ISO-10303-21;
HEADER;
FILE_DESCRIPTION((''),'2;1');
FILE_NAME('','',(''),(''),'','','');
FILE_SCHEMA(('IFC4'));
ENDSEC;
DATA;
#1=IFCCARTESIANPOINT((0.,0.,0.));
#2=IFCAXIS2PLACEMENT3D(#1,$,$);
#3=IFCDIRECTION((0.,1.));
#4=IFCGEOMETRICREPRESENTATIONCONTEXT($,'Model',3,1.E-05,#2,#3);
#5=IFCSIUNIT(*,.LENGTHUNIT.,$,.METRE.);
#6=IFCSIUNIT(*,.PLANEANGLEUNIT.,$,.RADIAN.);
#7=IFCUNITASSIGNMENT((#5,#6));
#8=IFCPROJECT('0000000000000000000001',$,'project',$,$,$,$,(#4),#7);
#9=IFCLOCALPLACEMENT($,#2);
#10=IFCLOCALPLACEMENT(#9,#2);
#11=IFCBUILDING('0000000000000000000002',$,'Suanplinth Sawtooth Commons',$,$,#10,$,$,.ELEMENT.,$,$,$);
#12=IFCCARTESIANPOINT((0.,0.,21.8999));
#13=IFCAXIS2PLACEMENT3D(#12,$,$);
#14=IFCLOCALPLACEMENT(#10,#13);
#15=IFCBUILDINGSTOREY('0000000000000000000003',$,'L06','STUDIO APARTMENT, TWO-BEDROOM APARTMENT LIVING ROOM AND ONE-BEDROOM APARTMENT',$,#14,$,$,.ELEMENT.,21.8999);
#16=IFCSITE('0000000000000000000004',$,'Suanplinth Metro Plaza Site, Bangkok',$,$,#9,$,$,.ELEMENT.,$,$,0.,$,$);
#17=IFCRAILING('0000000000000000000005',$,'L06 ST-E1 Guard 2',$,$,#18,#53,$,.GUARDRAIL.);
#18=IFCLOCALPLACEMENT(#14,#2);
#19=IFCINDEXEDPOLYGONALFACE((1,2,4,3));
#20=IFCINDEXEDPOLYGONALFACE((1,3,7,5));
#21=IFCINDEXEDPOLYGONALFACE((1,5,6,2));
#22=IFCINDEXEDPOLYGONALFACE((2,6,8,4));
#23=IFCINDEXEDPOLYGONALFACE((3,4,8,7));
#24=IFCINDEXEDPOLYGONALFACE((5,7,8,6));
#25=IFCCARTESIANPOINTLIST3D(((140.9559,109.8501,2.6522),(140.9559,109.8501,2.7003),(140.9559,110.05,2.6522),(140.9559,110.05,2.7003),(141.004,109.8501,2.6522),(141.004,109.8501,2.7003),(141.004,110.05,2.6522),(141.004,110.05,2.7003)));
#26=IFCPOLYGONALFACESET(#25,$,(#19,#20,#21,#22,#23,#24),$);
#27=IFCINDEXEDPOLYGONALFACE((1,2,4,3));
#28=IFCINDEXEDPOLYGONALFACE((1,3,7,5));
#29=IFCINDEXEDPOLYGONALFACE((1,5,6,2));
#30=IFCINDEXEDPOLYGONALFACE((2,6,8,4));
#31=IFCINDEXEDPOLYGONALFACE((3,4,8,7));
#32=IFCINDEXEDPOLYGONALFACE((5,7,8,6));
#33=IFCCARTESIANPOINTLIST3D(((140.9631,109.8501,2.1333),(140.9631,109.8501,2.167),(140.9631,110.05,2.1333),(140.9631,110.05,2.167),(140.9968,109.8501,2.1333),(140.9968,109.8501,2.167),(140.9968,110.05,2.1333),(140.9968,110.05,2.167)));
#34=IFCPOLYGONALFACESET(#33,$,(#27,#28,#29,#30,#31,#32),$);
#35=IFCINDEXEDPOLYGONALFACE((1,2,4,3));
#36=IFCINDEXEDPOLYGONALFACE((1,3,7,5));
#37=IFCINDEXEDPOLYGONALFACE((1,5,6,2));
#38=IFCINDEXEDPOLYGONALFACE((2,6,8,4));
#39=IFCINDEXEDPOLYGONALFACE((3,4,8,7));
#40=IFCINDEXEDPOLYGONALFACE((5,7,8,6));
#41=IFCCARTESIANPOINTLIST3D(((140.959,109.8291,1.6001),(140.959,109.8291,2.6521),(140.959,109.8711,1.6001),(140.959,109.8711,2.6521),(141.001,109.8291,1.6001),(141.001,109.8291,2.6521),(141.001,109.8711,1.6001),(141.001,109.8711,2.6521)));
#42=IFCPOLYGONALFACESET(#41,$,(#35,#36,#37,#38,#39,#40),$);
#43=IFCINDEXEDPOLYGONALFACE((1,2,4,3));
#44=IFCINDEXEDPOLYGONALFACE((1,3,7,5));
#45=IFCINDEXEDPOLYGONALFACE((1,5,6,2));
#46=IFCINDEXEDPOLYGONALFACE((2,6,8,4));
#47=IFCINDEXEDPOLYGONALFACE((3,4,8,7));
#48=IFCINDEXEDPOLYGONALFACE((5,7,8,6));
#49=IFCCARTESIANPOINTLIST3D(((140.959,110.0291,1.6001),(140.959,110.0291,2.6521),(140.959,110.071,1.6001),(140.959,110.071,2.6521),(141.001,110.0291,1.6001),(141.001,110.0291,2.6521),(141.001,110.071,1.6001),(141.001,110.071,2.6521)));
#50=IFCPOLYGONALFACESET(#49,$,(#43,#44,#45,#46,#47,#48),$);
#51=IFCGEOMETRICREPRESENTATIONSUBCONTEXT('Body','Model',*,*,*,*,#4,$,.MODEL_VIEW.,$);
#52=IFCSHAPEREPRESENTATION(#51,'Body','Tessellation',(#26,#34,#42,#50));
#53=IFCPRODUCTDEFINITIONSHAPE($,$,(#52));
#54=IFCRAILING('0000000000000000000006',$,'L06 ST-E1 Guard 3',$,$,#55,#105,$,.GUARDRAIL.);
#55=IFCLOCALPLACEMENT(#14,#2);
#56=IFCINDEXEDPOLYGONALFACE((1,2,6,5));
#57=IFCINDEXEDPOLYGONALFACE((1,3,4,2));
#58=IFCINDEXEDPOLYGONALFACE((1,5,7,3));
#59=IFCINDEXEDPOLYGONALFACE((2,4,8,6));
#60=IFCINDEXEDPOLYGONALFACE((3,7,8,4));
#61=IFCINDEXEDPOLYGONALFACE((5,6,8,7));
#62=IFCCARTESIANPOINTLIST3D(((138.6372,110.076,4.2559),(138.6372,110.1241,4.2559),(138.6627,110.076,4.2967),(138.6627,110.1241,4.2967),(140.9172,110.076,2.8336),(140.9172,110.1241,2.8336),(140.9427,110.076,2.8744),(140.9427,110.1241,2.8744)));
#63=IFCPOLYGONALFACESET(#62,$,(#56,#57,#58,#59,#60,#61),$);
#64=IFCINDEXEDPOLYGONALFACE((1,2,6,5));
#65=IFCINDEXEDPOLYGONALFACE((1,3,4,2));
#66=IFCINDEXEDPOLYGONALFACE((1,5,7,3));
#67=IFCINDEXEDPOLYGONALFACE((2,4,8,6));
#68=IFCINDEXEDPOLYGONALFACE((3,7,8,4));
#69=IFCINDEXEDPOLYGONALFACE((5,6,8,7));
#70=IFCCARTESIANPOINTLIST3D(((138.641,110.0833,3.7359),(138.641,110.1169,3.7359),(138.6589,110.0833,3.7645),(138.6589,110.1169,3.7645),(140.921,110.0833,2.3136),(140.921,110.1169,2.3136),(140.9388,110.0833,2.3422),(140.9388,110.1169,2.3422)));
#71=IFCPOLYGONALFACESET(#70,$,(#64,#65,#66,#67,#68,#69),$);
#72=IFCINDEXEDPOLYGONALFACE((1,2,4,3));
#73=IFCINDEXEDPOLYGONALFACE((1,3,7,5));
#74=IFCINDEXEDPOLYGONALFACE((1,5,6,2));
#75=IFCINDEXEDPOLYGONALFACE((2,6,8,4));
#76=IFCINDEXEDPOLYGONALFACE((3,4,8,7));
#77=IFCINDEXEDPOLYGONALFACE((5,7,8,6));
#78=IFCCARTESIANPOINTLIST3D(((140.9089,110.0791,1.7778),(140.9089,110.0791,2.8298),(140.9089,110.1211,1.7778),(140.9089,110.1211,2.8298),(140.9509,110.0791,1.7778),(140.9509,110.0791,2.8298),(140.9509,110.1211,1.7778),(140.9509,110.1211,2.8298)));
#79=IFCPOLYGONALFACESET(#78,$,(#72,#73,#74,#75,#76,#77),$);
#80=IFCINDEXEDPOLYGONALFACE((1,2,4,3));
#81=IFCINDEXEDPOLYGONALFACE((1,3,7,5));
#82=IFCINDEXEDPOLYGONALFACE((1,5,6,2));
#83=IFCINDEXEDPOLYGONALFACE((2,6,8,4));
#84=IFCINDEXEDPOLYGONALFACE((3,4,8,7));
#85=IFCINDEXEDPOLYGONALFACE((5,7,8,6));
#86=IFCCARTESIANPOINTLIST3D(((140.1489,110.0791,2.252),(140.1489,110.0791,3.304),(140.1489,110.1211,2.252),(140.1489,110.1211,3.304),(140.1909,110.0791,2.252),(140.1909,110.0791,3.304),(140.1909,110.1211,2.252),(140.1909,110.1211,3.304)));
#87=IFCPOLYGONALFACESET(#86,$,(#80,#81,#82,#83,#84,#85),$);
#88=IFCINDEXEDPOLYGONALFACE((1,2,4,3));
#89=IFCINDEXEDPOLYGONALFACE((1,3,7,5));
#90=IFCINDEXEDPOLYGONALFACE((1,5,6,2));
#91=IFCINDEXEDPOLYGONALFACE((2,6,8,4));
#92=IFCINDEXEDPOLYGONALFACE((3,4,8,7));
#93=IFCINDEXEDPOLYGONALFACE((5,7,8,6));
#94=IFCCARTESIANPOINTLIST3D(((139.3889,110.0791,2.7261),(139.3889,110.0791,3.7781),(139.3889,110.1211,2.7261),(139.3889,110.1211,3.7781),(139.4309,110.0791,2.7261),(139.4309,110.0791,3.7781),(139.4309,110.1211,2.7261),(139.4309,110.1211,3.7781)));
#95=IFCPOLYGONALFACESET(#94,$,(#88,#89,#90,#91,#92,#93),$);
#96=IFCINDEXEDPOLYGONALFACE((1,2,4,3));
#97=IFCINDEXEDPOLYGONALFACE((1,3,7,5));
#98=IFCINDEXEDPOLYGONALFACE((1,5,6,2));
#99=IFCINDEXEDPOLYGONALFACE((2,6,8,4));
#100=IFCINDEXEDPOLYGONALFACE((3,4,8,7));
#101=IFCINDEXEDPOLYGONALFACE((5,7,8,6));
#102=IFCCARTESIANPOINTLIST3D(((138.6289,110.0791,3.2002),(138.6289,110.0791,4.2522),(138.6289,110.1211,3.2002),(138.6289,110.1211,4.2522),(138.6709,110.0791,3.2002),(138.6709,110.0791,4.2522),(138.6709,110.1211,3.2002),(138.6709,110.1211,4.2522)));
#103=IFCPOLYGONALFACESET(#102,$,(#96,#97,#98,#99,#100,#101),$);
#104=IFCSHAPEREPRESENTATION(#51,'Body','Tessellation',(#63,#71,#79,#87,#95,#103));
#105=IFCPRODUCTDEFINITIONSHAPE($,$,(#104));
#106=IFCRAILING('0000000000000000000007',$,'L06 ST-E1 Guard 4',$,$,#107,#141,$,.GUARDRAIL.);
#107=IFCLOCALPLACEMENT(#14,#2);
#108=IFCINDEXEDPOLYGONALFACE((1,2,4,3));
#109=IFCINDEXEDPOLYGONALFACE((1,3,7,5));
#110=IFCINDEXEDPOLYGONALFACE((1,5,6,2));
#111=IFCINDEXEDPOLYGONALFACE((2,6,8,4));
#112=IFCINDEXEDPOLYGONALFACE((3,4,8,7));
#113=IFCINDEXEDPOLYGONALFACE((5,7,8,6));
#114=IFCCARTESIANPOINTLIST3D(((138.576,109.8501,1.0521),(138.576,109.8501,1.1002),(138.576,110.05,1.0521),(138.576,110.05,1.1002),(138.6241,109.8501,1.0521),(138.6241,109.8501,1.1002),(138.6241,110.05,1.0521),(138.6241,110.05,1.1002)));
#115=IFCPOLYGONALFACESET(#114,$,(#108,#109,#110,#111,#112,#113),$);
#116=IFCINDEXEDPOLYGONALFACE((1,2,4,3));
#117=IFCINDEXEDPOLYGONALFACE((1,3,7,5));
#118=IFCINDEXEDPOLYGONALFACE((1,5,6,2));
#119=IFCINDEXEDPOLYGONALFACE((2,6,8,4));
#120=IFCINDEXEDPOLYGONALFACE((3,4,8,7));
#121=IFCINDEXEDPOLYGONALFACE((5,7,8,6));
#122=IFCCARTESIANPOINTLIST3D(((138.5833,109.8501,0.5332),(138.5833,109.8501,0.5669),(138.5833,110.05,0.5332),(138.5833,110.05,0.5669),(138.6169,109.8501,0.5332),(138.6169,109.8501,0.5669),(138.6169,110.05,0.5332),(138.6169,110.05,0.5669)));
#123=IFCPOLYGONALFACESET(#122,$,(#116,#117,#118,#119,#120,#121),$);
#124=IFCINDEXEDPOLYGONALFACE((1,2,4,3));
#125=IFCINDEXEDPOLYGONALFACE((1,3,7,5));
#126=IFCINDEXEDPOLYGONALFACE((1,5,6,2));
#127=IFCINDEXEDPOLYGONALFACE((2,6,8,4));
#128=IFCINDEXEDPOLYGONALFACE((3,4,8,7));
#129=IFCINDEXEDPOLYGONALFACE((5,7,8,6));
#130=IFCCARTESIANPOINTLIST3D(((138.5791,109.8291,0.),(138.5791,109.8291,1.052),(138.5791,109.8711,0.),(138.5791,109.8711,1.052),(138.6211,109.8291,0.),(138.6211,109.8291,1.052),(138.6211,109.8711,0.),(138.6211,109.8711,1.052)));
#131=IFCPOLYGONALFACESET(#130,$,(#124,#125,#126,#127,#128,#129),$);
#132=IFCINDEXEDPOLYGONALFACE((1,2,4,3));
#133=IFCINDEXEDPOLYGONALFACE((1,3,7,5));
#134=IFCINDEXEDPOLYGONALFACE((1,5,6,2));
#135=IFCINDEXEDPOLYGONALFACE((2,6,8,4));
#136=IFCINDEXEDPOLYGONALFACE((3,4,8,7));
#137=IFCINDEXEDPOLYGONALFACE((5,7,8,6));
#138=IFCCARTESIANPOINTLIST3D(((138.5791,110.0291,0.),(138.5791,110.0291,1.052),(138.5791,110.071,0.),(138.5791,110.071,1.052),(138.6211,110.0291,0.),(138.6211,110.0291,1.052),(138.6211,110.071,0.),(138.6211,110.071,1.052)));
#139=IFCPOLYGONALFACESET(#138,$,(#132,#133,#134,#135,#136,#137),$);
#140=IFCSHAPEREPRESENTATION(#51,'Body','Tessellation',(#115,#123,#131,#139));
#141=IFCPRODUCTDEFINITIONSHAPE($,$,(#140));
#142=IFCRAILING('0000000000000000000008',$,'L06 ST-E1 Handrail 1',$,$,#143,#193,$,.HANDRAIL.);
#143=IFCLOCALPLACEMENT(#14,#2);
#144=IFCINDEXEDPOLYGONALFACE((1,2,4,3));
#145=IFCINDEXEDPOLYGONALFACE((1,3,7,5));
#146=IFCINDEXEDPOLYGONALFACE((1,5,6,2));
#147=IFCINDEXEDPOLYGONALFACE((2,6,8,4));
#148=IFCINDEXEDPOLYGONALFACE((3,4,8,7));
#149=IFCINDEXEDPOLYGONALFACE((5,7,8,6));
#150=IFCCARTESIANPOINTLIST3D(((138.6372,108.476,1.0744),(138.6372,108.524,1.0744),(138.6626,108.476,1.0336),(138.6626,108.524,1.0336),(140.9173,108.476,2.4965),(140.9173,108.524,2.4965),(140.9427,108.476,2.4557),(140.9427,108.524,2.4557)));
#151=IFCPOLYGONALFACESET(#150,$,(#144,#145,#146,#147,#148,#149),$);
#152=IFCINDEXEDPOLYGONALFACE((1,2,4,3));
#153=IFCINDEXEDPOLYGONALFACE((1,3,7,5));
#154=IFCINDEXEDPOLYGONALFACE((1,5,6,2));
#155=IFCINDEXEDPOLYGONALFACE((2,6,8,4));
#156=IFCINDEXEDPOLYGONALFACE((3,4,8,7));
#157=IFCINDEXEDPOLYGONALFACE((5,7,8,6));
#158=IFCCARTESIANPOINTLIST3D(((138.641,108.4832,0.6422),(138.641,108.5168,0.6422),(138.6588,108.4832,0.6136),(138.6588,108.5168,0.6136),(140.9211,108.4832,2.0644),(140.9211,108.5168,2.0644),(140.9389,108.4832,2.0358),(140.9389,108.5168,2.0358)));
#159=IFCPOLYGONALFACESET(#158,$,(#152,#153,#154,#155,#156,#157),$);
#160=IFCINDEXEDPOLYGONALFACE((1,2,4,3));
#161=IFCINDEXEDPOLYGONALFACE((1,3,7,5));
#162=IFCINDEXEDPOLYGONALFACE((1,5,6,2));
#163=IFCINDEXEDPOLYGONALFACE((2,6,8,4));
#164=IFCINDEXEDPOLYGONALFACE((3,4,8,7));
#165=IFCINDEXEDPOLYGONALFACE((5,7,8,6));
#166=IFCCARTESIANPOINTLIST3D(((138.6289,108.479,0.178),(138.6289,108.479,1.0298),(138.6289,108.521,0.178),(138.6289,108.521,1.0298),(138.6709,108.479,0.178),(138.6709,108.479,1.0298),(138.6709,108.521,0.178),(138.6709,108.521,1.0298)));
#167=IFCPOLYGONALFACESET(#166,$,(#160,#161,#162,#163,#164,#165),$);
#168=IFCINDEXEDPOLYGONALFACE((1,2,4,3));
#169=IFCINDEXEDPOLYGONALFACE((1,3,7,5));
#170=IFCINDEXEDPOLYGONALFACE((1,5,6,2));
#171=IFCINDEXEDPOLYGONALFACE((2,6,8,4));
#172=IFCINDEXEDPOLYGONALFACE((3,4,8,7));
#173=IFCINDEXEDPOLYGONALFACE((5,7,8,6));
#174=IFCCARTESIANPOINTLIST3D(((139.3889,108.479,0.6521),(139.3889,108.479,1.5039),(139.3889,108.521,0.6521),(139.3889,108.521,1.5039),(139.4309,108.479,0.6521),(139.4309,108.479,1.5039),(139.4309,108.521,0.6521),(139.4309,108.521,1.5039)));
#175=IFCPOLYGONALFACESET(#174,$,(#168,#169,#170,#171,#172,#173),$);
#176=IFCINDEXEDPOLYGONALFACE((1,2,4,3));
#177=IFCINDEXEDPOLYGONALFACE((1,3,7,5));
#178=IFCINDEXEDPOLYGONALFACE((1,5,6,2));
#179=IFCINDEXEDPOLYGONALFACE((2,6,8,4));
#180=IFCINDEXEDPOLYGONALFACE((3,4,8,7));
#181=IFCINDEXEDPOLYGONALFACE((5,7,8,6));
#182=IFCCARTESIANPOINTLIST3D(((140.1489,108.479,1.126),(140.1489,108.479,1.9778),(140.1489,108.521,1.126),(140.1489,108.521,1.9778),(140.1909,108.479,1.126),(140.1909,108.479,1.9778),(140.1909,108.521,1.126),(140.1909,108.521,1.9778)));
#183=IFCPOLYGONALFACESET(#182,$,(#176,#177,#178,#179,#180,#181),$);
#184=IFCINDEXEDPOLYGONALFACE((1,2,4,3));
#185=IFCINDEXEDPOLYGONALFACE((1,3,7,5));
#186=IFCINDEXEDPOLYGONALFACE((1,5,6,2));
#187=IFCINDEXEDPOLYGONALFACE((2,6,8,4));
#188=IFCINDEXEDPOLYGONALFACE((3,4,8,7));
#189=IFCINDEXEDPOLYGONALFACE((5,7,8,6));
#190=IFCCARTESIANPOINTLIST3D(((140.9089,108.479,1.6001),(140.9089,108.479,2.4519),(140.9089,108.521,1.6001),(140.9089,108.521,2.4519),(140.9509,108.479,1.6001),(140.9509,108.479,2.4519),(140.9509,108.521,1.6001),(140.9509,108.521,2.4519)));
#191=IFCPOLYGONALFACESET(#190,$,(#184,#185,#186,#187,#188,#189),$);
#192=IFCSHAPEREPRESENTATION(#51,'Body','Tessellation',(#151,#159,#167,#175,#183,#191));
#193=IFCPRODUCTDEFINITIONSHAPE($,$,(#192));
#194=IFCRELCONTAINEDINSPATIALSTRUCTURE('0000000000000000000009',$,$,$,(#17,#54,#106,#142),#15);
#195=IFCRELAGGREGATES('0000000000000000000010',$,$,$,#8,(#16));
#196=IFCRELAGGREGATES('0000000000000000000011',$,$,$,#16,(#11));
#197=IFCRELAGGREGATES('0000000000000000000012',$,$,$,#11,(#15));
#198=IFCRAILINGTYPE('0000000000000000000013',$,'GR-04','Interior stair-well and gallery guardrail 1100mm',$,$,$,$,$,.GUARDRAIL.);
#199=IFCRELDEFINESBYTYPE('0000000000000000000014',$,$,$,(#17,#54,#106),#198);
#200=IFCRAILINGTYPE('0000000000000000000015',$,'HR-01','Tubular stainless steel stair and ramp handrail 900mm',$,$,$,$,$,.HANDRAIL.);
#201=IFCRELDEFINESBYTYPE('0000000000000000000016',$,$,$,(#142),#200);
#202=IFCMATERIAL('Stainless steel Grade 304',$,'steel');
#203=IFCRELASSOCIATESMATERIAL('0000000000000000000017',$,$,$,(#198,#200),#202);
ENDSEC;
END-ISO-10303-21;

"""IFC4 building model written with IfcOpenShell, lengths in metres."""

from ifc_helpers import new_model, si_unit, direction, frame, origin, origin_2d, place, context, subcontext, project, spatial, rectangle, extrude, material, type_object, element, save


model = new_model("IFC4")

# Units and contexts
model_context = context("Model", 3, precision=1e-05, world=origin(), true_north=direction((0.0, 1.0)))
body_context = subcontext(model_context, "Body", "Model", "MODEL_VIEW")
ifc_project = project(units=[si_unit("LENGTHUNIT", "METRE"), si_unit("PLANEANGLEUNIT", "RADIAN")], contexts=[model_context])

# Site, building, storey
site_placement = place(None, origin())
site = spatial("IfcSite", under=ifc_project, at=site_placement, Name="Suanplinth Metro Plaza Site, Bangkok", CompositionType="ELEMENT", RefElevation=0.0)
building_placement = place(site_placement, origin())
building = spatial("IfcBuilding", under=site, at=building_placement, Name="Suanplinth Sawtooth Commons", CompositionType="ELEMENT")
storey_placement = place(building_placement, frame((0.0, 0.0, 21.8999)))
storey = spatial("IfcBuildingStorey", under=building, at=storey_placement, Name="L06", Description="STUDIO APARTMENT, TWO-BEDROOM APARTMENT LIVING ROOM AND ONE-BEDROOM APARTMENT", CompositionType="ELEMENT", Elevation=21.8999)

# Railings
ifc_material_1 = material(Name="Stainless steel Grade 304", Category="steel")
railing_type_1 = type_object("IfcRailingType", Name="GR-04", Description="Interior stair-well and gallery guardrail 1100mm", PredefinedType="GUARDRAIL", material=ifc_material_1)
railing_1_placement = place(storey_placement, frame((140.98, 109.8501, 1.6001)))
element("IfcRailing", 1, at=railing_1_placement, inside=storey, type_object=railing_type_1, Name="L06 ST-E1 Guard 2", PredefinedType="GUARDRAIL", context=body_context, shape_type="SweptSolid", body=[
    extrude(rectangle(XDim=0.0481, YDim=0.0481, at=origin_2d()), frame((0.0, 0.0, 1.0762), z_axis=(0.0, 1.0, 0.0), x_axis=(-1.0, 0.0, 0.0)), (0.0, 0.0, 1.0), 0.2),
    extrude(rectangle(XDim=0.0337, YDim=0.0337, at=origin_2d()), frame((0.0, 0.0, 0.55), z_axis=(0.0, 1.0, 0.0), x_axis=(-1.0, 0.0, 0.0)), (0.0, 0.0, 1.0), 0.2),
    extrude(rectangle(XDim=0.042, YDim=0.042, at=origin_2d()), origin(), (0.0, 0.0, 1.0), 1.052),
    extrude(rectangle(XDim=0.042, YDim=0.042, at=origin_2d()), frame((0.0, 0.2, 0.0)), (0.0, 0.0, 1.0), 1.052),
])
railing_2_placement = place(storey_placement, frame((140.9299, 110.1001, 1.7778)))
element("IfcRailing", 2, at=railing_2_placement, inside=storey, type_object=railing_type_1, Name="L06 ST-E1 Guard 3", PredefinedType="GUARDRAIL", context=body_context, shape_type="SweptSolid", body=[
    extrude(rectangle(XDim=0.0481, YDim=0.0481, at=origin_2d()), frame((0.0, 0.0, 1.0762), z_axis=(-0.848442, 0.0, 0.529288), x_axis=(0.0, -1.0, 0.0)), (0.0, 0.0, 1.0), 2.6873),
    extrude(rectangle(XDim=0.0337, YDim=0.0337, at=origin_2d()), frame((0.0, 0.0, 0.55), z_axis=(-0.848442, 0.0, 0.529288), x_axis=(0.0, -1.0, 0.0)), (0.0, 0.0, 1.0), 2.6873),
    extrude(rectangle(XDim=0.042, YDim=0.042, at=origin_2d()), origin(), (0.0, 0.0, 1.0), 1.052),
    extrude(rectangle(XDim=0.042, YDim=0.042, at=origin_2d()), frame((-0.76, 0.0, 0.4741)), (0.0, 0.0, 1.0), 1.052),
    extrude(rectangle(XDim=0.042, YDim=0.042, at=origin_2d()), frame((-1.52, 0.0, 0.9482)), (0.0, 0.0, 1.0), 1.052),
    extrude(rectangle(XDim=0.042, YDim=0.042, at=origin_2d()), frame((-2.28, 0.0, 1.4224)), (0.0, 0.0, 1.0), 1.052),
])
railing_3_placement = place(storey_placement, frame((138.6001, 109.8501, 0.0)))
element("IfcRailing", 3, at=railing_3_placement, inside=storey, type_object=railing_type_1, Name="L06 ST-E1 Guard 4", PredefinedType="GUARDRAIL", context=body_context, shape_type="SweptSolid", body=[
    extrude(rectangle(XDim=0.0481, YDim=0.0481, at=origin_2d()), frame((0.0, 0.0, 1.0762), z_axis=(0.0, 1.0, 0.0), x_axis=(-1.0, 0.0, 0.0)), (0.0, 0.0, 1.0), 0.2),
    extrude(rectangle(XDim=0.0337, YDim=0.0337, at=origin_2d()), frame((0.0, 0.0, 0.55), z_axis=(0.0, 1.0, 0.0), x_axis=(-1.0, 0.0, 0.0)), (0.0, 0.0, 1.0), 0.2),
    extrude(rectangle(XDim=0.042, YDim=0.042, at=origin_2d()), origin(), (0.0, 0.0, 1.0), 1.052),
    extrude(rectangle(XDim=0.042, YDim=0.042, at=origin_2d()), frame((0.0, 0.2, 0.0)), (0.0, 0.0, 1.0), 1.052),
])
railing_type_2 = type_object("IfcRailingType", Name="HR-01", Description="Tubular stainless steel stair and ramp handrail 900mm", PredefinedType="HANDRAIL", material=ifc_material_1)
railing_4_placement = place(storey_placement, frame((138.6499, 108.5, 0.178)))
element("IfcRailing", 4, at=railing_4_placement, inside=storey, type_object=railing_type_2, Name="L06 ST-E1 Handrail 1", PredefinedType="HANDRAIL", context=body_context, shape_type="SweptSolid", body=[
    extrude(rectangle(XDim=0.0481, YDim=0.0481, at=origin_2d()), frame((0.0, 0.0, 0.876), z_axis=(0.848483, 0.0, 0.529223), x_axis=(0.0, 1.0, 0.0)), (0.0, 0.0, 1.0), 2.6873),
    extrude(rectangle(XDim=0.0337, YDim=0.0337, at=origin_2d()), frame((0.0, 0.0, 0.45), z_axis=(0.848483, 0.0, 0.529223), x_axis=(0.0, 1.0, 0.0)), (0.0, 0.0, 1.0), 2.6873),
    extrude(rectangle(XDim=0.042, YDim=0.042, at=origin_2d()), origin(), (0.0, 0.0, 1.0), 0.8518),
    extrude(rectangle(XDim=0.042, YDim=0.042, at=origin_2d()), frame((0.76, 0.0, 0.4741)), (0.0, 0.0, 1.0), 0.8518),
    extrude(rectangle(XDim=0.042, YDim=0.042, at=origin_2d()), frame((1.52, 0.0, 0.948)), (0.0, 0.0, 1.0), 0.8518),
    extrude(rectangle(XDim=0.042, YDim=0.042, at=origin_2d()), frame((2.28, 0.0, 1.4221)), (0.0, 0.0, 1.0), 0.8518),
])

save(model, "model.ifc")
